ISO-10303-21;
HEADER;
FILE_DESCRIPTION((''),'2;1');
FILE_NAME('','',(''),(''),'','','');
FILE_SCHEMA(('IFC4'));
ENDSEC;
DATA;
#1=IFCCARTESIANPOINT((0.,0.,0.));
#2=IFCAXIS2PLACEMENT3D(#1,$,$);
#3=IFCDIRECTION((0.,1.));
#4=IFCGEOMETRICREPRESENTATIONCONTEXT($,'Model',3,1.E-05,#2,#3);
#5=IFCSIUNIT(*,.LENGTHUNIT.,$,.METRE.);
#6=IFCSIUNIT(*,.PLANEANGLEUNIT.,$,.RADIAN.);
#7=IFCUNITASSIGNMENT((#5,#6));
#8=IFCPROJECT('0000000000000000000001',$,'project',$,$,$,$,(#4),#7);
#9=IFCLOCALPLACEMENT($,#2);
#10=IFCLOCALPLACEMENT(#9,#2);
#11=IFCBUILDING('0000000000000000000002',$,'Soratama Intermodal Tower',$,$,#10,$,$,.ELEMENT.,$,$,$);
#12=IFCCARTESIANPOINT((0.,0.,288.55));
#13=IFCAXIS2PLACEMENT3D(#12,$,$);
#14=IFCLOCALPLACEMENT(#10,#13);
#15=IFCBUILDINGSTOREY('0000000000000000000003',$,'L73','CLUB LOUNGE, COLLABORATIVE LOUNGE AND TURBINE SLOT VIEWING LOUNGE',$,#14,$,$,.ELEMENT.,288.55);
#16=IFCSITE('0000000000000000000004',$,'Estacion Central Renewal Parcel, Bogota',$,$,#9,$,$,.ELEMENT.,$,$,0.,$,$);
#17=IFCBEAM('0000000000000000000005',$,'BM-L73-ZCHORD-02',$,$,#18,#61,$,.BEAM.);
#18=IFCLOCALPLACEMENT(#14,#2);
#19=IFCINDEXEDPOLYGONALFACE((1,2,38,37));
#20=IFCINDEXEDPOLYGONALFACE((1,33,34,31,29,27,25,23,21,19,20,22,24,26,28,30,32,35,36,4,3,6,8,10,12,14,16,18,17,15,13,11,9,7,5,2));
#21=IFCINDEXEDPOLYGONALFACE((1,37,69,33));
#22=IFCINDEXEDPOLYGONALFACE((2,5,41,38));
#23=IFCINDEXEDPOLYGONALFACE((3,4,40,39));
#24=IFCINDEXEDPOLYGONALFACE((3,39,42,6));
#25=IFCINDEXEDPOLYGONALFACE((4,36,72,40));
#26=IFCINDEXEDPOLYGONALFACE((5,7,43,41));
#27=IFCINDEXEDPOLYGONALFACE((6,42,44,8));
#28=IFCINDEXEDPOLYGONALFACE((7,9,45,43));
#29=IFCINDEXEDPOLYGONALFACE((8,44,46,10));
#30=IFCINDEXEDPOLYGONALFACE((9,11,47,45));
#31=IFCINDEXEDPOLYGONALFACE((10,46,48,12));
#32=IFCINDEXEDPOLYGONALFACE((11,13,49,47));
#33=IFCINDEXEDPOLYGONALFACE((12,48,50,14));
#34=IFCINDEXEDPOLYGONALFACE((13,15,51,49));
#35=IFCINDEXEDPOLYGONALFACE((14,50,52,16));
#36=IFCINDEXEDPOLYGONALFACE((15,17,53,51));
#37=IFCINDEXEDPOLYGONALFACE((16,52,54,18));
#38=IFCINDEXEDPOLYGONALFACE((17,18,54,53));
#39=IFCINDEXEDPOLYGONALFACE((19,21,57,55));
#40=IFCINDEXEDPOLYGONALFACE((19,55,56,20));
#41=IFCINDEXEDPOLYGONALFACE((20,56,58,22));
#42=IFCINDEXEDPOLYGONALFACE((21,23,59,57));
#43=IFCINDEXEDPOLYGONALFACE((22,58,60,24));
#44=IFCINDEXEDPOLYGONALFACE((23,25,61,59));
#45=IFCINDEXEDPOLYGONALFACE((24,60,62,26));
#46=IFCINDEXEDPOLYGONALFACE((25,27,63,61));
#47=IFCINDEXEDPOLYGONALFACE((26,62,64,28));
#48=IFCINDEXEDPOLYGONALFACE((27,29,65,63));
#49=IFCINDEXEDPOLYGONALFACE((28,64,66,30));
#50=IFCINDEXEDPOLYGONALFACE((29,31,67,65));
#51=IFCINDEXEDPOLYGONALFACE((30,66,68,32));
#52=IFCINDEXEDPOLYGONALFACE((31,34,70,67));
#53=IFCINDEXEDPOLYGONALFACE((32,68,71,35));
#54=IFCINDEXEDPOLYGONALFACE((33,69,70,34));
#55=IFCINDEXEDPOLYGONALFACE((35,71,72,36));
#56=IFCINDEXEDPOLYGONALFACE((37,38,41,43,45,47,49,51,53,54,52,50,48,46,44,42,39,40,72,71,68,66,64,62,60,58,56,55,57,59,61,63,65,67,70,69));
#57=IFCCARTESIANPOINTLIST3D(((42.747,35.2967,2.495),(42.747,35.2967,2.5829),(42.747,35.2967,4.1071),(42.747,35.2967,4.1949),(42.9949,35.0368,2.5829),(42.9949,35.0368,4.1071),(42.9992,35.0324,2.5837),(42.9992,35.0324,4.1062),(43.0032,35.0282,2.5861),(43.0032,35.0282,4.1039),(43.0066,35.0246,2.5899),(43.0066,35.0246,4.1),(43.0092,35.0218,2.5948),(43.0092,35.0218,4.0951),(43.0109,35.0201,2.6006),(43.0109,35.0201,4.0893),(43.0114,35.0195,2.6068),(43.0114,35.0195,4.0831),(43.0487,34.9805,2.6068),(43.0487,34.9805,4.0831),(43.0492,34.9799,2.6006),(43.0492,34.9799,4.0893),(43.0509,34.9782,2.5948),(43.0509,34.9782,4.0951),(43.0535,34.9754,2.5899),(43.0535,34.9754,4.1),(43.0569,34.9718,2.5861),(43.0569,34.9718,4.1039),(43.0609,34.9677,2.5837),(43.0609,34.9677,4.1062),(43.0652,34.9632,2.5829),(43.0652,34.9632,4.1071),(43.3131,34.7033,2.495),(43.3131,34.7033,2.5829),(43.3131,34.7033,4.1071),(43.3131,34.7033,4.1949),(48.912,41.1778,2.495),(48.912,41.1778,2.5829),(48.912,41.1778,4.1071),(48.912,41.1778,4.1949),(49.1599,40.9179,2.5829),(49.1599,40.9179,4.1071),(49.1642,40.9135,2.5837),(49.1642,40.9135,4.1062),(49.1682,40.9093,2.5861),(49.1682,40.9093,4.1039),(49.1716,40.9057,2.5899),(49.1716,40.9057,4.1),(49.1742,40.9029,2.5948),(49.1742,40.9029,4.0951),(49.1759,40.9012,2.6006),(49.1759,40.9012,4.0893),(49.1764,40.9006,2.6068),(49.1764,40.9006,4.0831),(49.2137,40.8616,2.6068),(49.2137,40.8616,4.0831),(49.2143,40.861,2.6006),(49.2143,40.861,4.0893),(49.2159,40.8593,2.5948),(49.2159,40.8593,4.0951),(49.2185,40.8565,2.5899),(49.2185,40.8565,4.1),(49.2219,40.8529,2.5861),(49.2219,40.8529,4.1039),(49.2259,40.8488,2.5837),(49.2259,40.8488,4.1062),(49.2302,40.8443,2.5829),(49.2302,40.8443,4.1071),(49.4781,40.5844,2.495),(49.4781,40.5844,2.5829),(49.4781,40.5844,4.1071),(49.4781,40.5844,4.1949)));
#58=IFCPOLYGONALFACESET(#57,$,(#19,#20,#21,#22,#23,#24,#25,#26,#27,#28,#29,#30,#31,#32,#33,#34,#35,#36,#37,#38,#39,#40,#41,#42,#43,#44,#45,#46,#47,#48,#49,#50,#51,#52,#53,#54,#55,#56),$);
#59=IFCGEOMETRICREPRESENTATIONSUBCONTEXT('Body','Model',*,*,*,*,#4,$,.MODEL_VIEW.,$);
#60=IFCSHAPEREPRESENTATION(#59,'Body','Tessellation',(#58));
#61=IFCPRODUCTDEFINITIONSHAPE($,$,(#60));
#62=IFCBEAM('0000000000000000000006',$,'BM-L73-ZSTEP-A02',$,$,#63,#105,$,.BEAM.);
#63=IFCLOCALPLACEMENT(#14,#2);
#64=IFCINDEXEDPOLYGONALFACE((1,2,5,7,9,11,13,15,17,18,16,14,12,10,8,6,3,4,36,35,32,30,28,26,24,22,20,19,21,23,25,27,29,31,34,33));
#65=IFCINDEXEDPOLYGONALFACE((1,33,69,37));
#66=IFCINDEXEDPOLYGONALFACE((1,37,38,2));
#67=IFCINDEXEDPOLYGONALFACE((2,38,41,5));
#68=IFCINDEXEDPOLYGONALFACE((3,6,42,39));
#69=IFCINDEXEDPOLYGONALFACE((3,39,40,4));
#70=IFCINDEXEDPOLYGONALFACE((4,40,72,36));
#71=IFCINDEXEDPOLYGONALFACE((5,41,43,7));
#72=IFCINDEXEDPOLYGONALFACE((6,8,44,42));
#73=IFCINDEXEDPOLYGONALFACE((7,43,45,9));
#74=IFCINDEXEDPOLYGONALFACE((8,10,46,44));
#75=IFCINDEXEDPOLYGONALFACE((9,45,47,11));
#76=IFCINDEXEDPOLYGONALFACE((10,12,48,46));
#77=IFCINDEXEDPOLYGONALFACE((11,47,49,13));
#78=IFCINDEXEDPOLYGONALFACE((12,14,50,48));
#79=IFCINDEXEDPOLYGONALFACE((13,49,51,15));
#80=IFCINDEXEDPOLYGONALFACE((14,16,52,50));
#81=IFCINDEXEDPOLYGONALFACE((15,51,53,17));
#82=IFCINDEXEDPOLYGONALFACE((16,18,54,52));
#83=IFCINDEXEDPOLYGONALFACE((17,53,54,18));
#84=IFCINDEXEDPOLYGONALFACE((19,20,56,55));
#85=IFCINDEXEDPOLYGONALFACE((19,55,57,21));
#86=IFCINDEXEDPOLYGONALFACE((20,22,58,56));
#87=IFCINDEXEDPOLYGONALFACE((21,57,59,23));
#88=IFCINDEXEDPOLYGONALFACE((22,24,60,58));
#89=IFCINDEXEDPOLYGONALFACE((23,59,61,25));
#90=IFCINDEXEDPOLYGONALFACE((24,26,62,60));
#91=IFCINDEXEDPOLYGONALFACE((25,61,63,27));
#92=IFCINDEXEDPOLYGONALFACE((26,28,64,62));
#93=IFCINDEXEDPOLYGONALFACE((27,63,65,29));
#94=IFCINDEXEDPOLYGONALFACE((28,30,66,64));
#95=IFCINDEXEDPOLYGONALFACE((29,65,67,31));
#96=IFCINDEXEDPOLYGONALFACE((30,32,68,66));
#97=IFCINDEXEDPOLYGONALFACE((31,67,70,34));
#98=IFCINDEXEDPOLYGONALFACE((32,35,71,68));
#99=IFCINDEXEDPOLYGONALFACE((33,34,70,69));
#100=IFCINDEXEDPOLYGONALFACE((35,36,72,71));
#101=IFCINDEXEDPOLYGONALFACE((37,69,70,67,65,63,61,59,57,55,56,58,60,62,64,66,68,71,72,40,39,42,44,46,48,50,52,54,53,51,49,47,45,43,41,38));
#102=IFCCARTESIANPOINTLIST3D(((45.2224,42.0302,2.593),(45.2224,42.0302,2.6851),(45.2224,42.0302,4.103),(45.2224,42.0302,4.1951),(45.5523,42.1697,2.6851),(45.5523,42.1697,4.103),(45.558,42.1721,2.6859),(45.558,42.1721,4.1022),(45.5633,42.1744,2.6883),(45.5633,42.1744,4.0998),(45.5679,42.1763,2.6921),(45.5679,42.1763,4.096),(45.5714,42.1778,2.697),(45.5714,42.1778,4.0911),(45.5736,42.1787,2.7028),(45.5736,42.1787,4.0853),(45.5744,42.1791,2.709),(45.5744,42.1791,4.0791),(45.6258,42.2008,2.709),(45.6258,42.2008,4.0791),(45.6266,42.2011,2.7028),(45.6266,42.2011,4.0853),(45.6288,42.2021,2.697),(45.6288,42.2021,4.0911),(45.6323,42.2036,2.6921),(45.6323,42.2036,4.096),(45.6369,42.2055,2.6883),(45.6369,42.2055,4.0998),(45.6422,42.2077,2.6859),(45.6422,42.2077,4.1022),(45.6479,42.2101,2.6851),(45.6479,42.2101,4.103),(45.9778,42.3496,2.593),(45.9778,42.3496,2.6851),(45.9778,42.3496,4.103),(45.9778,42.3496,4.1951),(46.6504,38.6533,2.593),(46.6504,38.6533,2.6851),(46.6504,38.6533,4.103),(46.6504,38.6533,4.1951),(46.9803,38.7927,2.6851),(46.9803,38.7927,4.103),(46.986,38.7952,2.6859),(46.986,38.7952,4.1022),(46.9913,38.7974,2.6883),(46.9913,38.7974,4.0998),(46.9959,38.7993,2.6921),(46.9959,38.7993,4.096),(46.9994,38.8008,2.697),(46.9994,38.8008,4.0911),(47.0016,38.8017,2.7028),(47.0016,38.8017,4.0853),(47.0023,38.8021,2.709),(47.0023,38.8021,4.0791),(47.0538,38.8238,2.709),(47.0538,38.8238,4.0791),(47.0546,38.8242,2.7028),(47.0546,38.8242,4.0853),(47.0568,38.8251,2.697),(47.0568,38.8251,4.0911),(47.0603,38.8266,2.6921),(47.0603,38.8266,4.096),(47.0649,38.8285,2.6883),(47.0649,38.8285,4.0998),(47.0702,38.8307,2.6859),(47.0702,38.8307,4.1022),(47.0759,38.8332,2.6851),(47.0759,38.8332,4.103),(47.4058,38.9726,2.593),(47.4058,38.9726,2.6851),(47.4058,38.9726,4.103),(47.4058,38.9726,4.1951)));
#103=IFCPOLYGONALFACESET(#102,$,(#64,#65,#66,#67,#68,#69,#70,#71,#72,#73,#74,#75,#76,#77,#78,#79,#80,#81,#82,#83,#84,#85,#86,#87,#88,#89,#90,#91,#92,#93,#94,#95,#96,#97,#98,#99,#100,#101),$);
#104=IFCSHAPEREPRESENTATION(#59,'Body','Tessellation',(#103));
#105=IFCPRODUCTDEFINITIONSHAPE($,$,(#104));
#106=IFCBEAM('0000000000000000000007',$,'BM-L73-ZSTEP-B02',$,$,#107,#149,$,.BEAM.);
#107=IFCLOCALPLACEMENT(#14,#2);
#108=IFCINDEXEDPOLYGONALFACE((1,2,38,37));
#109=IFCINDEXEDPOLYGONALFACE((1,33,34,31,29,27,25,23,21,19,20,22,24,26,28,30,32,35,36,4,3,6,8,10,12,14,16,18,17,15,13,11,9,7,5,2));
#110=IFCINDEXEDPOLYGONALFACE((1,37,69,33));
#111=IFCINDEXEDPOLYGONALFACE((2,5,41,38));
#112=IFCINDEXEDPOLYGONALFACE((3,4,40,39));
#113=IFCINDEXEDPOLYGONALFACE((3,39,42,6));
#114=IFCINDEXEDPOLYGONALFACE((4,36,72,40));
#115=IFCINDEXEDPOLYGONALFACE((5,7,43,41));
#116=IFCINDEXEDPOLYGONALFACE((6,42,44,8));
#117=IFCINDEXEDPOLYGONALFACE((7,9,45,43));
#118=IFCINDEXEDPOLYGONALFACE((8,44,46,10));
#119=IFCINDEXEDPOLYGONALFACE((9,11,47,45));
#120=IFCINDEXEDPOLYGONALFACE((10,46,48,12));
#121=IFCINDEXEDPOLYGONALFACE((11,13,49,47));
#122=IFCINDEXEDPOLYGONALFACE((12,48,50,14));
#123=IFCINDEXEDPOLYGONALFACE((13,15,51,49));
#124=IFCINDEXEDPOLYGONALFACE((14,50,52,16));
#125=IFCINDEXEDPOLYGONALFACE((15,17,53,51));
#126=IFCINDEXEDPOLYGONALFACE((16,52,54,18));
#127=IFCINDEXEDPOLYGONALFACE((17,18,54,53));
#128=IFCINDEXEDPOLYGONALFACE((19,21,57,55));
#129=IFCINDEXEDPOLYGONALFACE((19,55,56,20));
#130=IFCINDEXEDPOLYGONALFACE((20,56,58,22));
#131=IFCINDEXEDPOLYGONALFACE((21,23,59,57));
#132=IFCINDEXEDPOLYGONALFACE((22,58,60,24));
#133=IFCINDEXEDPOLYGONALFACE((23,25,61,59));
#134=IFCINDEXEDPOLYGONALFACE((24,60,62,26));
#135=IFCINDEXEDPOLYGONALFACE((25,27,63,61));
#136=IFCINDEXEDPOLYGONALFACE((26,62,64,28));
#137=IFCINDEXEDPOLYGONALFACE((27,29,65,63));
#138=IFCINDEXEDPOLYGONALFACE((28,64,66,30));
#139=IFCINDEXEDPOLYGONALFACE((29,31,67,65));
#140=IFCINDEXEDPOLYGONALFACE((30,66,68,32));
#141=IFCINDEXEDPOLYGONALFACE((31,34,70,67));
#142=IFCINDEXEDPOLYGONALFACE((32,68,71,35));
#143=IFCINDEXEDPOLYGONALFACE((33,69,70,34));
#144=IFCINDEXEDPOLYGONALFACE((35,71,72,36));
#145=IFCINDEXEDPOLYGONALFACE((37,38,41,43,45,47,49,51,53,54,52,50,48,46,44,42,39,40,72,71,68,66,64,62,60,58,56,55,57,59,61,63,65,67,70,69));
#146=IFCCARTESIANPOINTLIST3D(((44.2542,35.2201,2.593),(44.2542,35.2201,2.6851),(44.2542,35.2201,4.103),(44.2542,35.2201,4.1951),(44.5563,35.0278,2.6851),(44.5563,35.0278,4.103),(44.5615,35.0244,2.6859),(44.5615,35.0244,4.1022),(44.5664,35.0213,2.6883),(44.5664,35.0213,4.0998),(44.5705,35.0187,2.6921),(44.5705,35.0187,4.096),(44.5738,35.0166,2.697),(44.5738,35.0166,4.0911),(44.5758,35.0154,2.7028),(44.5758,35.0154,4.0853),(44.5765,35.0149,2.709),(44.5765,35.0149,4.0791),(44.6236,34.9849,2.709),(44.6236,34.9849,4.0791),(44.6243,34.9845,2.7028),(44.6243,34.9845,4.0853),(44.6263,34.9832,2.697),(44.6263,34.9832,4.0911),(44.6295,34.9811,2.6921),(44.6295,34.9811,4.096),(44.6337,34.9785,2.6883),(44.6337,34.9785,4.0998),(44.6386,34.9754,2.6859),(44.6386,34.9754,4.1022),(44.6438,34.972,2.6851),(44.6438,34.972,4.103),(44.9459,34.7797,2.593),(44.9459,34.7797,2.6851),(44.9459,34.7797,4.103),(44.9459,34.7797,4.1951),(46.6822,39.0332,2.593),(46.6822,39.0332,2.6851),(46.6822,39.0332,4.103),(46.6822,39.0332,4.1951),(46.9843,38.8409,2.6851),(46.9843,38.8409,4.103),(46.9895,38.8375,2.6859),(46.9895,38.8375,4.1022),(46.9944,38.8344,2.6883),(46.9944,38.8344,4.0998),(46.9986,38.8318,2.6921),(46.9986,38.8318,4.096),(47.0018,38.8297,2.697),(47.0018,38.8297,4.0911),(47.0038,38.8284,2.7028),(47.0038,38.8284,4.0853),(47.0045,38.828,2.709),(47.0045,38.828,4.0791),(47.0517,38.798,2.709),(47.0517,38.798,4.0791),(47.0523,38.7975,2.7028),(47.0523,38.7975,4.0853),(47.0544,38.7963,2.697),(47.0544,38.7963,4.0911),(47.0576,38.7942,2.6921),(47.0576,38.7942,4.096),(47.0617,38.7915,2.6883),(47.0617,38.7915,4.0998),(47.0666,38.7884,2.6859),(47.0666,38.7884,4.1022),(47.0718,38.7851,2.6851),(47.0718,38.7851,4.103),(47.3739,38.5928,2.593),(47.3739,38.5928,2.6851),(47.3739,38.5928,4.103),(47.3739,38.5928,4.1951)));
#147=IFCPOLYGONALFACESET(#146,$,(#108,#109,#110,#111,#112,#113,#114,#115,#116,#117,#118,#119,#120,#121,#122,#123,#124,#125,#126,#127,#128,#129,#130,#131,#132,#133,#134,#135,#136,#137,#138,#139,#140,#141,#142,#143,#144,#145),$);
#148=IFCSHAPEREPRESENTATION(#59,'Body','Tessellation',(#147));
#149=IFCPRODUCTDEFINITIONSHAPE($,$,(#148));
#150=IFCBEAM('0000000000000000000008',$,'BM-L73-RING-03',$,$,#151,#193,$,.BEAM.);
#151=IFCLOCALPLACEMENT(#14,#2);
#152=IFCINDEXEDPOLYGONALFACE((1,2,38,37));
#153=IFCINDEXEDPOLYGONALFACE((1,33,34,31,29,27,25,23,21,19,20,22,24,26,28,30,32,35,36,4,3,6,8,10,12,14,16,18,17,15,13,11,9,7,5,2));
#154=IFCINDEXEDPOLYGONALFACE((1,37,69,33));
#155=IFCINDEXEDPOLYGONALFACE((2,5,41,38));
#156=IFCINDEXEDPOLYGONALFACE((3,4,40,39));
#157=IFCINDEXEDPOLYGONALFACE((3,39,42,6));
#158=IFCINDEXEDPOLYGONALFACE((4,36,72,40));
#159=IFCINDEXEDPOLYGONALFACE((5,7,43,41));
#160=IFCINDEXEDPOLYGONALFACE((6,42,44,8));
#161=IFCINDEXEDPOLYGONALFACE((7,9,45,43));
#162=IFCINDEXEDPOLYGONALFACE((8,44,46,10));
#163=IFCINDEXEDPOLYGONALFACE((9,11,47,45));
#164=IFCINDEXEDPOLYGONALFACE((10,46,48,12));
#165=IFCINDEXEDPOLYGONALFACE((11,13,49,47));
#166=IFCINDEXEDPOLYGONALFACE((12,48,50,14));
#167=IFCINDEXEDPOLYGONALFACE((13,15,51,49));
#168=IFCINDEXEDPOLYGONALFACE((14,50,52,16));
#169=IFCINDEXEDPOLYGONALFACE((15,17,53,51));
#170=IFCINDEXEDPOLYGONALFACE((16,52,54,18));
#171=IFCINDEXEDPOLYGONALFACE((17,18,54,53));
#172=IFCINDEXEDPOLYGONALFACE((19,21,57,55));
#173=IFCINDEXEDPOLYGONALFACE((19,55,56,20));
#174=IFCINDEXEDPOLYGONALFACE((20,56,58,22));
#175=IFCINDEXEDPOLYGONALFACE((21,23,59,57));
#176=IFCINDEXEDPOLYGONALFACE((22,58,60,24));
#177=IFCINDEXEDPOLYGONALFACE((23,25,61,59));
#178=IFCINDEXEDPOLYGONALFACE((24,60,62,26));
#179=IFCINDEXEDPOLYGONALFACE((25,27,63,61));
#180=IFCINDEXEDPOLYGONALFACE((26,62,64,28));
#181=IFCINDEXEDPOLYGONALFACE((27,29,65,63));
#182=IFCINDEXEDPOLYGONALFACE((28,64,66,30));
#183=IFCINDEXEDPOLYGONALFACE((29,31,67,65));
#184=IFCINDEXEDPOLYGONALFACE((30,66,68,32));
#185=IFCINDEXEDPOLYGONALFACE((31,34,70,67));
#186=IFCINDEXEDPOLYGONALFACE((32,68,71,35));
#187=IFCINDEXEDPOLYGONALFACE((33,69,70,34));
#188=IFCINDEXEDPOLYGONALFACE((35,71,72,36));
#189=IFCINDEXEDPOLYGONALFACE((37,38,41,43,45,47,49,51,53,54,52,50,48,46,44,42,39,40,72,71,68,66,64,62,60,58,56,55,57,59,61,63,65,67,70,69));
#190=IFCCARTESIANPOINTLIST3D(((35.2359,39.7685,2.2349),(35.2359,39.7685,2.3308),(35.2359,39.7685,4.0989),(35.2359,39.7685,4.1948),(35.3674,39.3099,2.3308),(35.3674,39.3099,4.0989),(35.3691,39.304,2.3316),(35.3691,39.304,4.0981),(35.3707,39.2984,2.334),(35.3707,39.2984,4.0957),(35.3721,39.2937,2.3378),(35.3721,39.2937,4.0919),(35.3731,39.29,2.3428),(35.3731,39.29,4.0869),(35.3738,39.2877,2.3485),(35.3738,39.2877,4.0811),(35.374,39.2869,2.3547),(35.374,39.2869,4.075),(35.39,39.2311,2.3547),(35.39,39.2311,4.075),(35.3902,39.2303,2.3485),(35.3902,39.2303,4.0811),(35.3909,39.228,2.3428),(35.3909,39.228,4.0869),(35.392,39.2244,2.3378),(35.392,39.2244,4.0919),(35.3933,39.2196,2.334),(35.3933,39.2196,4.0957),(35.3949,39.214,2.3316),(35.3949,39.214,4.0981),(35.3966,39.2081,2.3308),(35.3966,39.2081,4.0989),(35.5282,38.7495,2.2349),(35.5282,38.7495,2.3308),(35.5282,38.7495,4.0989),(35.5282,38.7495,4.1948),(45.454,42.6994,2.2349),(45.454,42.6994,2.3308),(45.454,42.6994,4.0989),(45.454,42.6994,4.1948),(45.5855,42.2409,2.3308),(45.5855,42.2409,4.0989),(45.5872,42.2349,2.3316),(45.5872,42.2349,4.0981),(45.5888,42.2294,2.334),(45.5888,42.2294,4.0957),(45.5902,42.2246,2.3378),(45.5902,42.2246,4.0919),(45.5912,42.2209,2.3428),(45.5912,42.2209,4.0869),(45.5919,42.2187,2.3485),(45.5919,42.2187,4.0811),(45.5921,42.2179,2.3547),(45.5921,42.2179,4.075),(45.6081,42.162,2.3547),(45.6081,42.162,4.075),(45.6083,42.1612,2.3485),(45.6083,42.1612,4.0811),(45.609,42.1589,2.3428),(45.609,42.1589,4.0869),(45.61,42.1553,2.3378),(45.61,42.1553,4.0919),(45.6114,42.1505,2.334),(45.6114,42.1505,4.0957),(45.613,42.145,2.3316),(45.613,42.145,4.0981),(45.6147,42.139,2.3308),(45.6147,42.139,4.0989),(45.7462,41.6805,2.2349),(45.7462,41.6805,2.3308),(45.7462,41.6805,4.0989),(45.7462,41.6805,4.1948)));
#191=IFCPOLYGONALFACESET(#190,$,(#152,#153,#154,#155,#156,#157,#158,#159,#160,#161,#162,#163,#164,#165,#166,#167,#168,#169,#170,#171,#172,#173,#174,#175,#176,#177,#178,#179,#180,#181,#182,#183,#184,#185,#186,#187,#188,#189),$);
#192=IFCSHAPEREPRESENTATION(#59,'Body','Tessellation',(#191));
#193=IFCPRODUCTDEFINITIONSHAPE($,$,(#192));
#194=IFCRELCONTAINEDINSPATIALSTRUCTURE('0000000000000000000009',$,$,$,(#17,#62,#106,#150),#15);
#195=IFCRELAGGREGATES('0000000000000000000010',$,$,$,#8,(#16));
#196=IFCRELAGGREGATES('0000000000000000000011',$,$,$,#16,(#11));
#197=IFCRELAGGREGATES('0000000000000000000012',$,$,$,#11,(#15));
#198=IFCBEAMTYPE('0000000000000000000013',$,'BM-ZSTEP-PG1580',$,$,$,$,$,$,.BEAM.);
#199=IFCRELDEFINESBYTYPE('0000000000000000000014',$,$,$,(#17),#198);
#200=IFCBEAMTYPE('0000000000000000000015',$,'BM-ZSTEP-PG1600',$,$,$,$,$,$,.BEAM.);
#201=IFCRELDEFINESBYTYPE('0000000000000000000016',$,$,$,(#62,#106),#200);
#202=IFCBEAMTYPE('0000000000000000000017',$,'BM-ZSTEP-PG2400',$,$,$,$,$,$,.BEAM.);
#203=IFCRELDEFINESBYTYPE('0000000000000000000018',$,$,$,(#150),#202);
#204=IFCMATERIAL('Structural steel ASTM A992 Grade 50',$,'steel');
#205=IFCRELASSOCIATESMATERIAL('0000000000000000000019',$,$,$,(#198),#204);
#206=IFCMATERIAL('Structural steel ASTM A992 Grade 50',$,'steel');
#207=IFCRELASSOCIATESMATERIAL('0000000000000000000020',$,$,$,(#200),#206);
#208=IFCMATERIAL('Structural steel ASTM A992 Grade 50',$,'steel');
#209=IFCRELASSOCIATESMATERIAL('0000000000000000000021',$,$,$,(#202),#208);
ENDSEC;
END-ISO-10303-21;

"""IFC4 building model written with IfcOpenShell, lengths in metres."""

from ifc_helpers import new_model, si_unit, direction, frame, origin, origin_2d, place, context, subcontext, project, spatial, i_section, extrude, material, material_profile, profile_set, type_object, element, save


model = new_model("IFC4")

# Units and contexts
model_context = context("Model", 3, precision=1e-05, world=origin(), true_north=direction((0.0, 1.0)))
body_context = subcontext(model_context, "Body", "Model", "MODEL_VIEW")
ifc_project = project(units=[si_unit("LENGTHUNIT", "METRE"), si_unit("PLANEANGLEUNIT", "RADIAN")], contexts=[model_context])

# Site, building, storey
site_placement = place(None, origin())
site = spatial("IfcSite", under=ifc_project, at=site_placement, Name="Estacion Central Renewal Parcel, Bogota", CompositionType="ELEMENT", RefElevation=0.0)
building_placement = place(site_placement, origin())
building = spatial("IfcBuilding", under=site, at=building_placement, Name="Soratama Intermodal Tower", CompositionType="ELEMENT")
storey_placement = place(building_placement, frame((0.0, 0.0, 288.55)))
storey = spatial("IfcBuildingStorey", under=building, at=storey_placement, Name="L73", Description="CLUB LOUNGE, COLLABORATIVE LOUNGE AND TURBINE SLOT VIEWING LOUNGE", CompositionType="ELEMENT", Elevation=288.55)

# Beams
ifc_material_1 = material(Name="Structural steel ASTM A992 Grade 50", Category="steel")
ifc_material_profile_1 = material_profile(ifc_material_1, i_section(OverallWidth=0.8201, OverallDepth=1.7, WebThickness=0.054, FlangeThickness=0.0879, FilletRadius=0.0239, at=origin_2d()), Name="PG1580X800")
ifc_profile_set_1 = profile_set([ifc_material_profile_1], Name="Structural steel ASTM A992 Grade 50")
beam_type_1 = type_object("IfcBeamType", Name="BM-ZSTEP-PG1580", PredefinedType="BEAM", material=ifc_profile_set_1)
beam_1_placement = place(storey_placement, frame((49.1951, 40.8811, 3.345), z_axis=(-0.723573, -0.690248, 0.0), x_axis=(0.690248, -0.723573, 0.0)))
element("IfcBeam", 1, at=beam_1_placement, inside=storey, type_object=beam_type_1, Name="BM-L73-ZCHORD-02", PredefinedType="BEAM", context=body_context, shape_type="SweptSolid", body=[
    extrude(i_section(OverallWidth=0.8201, OverallDepth=1.7, WebThickness=0.054, FlangeThickness=0.0879, FilletRadius=0.0239, at=origin_2d()), origin(), (0.0, 0.0, 1.0), 8.5203),
])
ifc_material_2 = material(Name="Structural steel ASTM A992 Grade 50", Category="steel")
ifc_material_profile_2 = material_profile(ifc_material_2, i_section(OverallWidth=0.8201, OverallDepth=1.6021, WebThickness=0.0559, FlangeThickness=0.092, FilletRadius=0.0239, at=origin_2d()), Name="PG1600X650")
ifc_profile_set_2 = profile_set([ifc_material_profile_2], Name="Structural steel ASTM A992 Grade 50")
beam_type_2 = type_object("IfcBeamType", Name="BM-ZSTEP-PG1600", PredefinedType="BEAM", material=ifc_profile_set_2)
beam_2_placement = place(storey_placement, frame((45.6001, 42.1899, 3.394), z_axis=(0.389471, -0.921039, 0.0), x_axis=(0.921039, 0.389471, 0.0)))
element("IfcBeam", 2, at=beam_2_placement, inside=storey, type_object=beam_type_2, Name="BM-L73-ZSTEP-A02", PredefinedType="BEAM", context=body_context, shape_type="SweptSolid", body=[
    extrude(i_section(OverallWidth=0.8201, OverallDepth=1.6021, WebThickness=0.0559, FlangeThickness=0.092, FilletRadius=0.0239, at=origin_2d()), origin(), (0.0, 0.0, 1.0), 3.6665),
])
beam_3_placement = place(storey_placement, frame((47.0281, 38.813, 3.394), z_axis=(-0.537117, -0.843508, 0.0), x_axis=(0.843508, -0.537117, 0.0)))
element("IfcBeam", 3, at=beam_3_placement, inside=storey, type_object=beam_type_2, Name="BM-L73-ZSTEP-B02", PredefinedType="BEAM", context=body_context, shape_type="SweptSolid", body=[
    extrude(i_section(OverallWidth=0.8201, OverallDepth=1.6021, WebThickness=0.0559, FlangeThickness=0.092, FilletRadius=0.0239, at=origin_2d()), origin(), (0.0, 0.0, 1.0), 4.5205),
])
ifc_material_3 = material(Name="Structural steel ASTM A992 Grade 50", Category="steel")
ifc_material_profile_3 = material_profile(ifc_material_3, i_section(OverallWidth=1.0601, OverallDepth=1.96, WebThickness=0.0581, FlangeThickness=0.0959, FilletRadius=0.0239, at=origin_2d()), Name="PG2400X900")
ifc_profile_set_3 = profile_set([ifc_material_profile_3], Name="Structural steel ASTM A992 Grade 50")
beam_type_3 = type_object("IfcBeamType", Name="BM-ZSTEP-PG2400", PredefinedType="BEAM", material=ifc_profile_set_3)
beam_4_placement = place(storey_placement, frame((45.6001, 42.1899, 3.2148), z_axis=(-0.961238, -0.275719, 0.0), x_axis=(0.275719, -0.961238, 0.0)))
element("IfcBeam", 4, at=beam_4_placement, inside=storey, type_object=beam_type_3, Name="BM-L73-RING-03", PredefinedType="BEAM", context=body_context, shape_type="SweptSolid", body=[
    extrude(i_section(OverallWidth=1.0601, OverallDepth=1.96, WebThickness=0.0581, FlangeThickness=0.0959, FilletRadius=0.0239, at=origin_2d()), origin(), (0.0, 0.0, 1.0), 10.6301),
])

save(model, "model.ifc")
